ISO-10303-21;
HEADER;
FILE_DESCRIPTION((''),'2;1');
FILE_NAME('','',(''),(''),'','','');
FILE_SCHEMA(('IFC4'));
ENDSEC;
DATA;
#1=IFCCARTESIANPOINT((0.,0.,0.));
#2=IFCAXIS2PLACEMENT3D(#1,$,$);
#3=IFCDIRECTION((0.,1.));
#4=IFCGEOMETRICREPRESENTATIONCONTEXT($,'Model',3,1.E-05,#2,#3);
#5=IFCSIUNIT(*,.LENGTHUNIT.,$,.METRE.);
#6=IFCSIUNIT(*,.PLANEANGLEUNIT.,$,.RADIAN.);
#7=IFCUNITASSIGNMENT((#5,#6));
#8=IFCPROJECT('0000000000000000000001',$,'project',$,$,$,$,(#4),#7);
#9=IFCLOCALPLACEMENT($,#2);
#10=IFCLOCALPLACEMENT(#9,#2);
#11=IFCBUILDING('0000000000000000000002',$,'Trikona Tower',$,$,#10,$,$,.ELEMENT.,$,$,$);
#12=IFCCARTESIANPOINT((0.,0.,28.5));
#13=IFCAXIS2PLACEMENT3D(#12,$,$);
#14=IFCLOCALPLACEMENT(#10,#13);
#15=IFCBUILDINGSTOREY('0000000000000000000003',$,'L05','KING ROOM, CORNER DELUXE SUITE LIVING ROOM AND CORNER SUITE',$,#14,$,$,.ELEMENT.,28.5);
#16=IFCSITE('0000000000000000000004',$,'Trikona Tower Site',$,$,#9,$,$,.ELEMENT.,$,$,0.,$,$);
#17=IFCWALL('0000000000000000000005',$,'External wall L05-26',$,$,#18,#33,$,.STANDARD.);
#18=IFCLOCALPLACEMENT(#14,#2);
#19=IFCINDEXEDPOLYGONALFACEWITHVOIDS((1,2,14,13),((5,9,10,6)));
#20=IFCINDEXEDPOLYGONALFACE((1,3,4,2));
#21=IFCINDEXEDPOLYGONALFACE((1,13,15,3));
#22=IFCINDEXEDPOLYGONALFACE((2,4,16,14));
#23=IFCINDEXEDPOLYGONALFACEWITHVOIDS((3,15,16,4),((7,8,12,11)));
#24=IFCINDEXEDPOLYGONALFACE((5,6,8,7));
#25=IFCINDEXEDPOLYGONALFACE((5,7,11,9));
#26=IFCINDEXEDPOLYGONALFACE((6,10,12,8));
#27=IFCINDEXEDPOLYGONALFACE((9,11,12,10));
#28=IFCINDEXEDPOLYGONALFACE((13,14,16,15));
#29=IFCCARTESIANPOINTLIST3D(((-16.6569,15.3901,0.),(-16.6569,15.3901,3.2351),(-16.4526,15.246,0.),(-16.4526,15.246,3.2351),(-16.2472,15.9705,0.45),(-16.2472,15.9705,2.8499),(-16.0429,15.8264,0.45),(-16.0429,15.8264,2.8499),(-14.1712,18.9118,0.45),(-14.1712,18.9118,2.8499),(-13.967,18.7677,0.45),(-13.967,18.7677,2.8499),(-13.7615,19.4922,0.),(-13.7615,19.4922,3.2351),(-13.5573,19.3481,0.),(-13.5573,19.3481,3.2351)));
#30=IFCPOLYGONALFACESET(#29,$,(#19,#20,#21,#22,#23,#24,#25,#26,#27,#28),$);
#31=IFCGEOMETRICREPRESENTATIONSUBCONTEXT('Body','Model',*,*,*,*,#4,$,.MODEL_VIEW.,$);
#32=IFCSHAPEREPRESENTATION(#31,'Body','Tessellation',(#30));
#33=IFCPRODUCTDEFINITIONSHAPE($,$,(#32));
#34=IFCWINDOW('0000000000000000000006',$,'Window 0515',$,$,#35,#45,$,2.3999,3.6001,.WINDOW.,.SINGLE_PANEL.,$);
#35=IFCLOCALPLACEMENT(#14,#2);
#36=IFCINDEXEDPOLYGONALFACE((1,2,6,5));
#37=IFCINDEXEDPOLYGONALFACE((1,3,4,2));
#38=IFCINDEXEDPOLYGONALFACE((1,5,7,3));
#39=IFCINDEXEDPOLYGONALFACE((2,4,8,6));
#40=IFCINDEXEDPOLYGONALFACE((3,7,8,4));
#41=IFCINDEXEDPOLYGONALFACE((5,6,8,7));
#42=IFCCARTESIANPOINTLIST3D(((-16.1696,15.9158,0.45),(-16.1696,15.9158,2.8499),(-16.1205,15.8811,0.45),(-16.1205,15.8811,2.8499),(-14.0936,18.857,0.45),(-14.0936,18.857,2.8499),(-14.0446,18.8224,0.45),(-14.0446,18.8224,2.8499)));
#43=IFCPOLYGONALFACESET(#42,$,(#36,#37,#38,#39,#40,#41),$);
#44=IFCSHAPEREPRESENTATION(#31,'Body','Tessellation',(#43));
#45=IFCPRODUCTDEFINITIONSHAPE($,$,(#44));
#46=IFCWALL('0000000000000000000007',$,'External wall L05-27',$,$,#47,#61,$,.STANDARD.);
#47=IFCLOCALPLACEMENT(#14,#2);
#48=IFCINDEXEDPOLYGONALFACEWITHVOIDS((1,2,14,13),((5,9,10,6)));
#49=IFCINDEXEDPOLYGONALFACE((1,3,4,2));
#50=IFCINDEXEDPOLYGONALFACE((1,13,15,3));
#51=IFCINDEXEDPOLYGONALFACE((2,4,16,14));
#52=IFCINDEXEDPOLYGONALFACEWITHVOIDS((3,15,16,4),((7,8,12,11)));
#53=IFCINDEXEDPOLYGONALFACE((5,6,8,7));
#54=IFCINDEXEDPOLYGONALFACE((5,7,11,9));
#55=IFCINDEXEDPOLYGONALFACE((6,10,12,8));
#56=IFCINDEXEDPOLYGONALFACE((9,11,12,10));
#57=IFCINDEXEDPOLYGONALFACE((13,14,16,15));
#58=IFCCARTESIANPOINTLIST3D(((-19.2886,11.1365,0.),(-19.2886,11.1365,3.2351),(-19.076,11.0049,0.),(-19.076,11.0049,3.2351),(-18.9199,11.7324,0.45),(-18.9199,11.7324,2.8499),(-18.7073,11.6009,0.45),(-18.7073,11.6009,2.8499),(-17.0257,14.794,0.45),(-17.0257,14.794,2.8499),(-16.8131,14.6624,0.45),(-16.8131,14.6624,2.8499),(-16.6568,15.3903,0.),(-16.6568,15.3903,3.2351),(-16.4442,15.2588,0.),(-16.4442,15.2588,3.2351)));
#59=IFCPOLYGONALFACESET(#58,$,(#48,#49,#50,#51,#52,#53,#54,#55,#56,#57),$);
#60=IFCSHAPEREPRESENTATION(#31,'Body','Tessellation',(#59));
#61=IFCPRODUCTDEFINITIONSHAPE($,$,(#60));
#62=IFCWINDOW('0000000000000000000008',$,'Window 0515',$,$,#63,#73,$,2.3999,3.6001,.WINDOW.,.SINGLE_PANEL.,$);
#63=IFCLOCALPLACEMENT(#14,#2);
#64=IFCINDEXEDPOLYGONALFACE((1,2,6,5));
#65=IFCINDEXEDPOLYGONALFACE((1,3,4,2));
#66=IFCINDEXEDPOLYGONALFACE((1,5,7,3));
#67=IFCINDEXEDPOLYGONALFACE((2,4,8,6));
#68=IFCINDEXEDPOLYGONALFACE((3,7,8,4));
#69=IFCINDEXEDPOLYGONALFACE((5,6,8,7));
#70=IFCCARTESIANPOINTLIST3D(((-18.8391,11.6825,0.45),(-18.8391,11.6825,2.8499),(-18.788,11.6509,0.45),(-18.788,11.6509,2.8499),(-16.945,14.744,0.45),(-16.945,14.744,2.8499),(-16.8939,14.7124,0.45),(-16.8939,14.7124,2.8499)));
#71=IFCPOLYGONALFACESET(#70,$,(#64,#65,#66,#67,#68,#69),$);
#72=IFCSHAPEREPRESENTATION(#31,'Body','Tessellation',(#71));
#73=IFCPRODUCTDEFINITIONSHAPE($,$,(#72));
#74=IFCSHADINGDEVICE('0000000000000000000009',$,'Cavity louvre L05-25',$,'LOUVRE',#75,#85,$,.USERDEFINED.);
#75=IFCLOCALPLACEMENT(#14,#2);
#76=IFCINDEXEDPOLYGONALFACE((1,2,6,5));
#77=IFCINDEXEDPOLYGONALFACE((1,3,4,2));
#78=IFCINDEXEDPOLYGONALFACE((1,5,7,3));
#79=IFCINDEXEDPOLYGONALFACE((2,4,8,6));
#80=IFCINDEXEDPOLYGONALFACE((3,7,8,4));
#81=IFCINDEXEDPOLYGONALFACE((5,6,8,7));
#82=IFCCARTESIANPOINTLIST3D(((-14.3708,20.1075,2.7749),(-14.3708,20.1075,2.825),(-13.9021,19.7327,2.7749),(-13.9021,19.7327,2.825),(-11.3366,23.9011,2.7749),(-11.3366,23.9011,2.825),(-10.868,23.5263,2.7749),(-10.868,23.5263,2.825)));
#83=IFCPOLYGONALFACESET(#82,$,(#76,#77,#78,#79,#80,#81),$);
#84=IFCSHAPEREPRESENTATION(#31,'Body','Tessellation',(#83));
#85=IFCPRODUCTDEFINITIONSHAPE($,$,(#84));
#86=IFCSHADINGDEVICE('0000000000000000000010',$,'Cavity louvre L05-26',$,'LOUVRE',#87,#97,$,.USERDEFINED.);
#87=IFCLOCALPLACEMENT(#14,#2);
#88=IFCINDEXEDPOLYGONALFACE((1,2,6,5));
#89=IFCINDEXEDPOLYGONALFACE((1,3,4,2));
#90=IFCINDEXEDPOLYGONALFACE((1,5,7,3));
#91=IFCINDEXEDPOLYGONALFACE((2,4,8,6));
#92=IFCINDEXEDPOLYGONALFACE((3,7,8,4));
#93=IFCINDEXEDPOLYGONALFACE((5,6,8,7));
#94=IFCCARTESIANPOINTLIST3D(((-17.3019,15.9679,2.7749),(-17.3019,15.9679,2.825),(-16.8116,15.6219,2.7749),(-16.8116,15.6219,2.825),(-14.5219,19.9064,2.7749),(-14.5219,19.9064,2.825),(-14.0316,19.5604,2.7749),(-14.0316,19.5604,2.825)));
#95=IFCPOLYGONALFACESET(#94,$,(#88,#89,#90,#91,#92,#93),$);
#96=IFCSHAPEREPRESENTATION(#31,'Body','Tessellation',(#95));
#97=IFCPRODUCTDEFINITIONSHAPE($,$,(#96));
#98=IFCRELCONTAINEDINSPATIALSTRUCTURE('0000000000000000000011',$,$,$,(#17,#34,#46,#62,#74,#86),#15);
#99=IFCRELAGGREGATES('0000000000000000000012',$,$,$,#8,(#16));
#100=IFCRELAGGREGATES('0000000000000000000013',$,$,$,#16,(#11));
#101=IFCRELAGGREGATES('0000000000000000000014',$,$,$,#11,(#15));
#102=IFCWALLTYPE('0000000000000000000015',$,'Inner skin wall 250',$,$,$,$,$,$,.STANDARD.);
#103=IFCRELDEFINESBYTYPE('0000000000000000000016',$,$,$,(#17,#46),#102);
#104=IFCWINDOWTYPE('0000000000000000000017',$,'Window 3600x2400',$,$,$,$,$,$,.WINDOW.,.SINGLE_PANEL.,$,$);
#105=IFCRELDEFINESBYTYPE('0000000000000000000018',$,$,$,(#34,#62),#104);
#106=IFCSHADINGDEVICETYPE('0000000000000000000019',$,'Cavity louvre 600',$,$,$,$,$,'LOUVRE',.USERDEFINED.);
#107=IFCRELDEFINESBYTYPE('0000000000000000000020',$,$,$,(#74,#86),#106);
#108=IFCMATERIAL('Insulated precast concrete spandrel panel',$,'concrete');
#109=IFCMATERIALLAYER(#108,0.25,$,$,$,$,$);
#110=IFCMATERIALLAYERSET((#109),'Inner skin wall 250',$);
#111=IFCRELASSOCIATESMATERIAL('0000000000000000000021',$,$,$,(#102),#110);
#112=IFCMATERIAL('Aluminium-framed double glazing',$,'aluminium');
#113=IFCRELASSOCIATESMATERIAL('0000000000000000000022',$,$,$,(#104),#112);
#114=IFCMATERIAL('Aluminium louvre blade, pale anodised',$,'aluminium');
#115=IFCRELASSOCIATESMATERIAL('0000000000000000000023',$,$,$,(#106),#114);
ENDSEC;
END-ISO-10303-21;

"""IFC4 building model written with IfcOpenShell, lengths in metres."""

from ifc_helpers import new_model, si_unit, direction, frame, frame_2d, origin, origin_2d, place, context, subcontext, project, spatial, rectangle, extrude, material, layer, layer_set, type_object, element, fill, save


model = new_model("IFC4")

# Units and contexts
model_context = context("Model", 3, precision=1e-05, world=origin(), true_north=direction((0.0, 1.0)))
body_context = subcontext(model_context, "Body", "Model", "MODEL_VIEW")
ifc_project = project(units=[si_unit("LENGTHUNIT", "METRE"), si_unit("PLANEANGLEUNIT", "RADIAN")], contexts=[model_context])

# Site, building, storey
site_placement = place(None, origin())
site = spatial("IfcSite", under=ifc_project, at=site_placement, Name="Trikona Tower Site", CompositionType="ELEMENT", RefElevation=0.0)
building_placement = place(site_placement, origin())
building = spatial("IfcBuilding", under=site, at=building_placement, Name="Trikona Tower", CompositionType="ELEMENT")
storey_placement = place(building_placement, frame((0.0, 0.0, 28.5)))
storey = spatial("IfcBuildingStorey", under=building, at=storey_placement, Name="L05", Description="KING ROOM, CORNER DELUXE SUITE LIVING ROOM AND CORNER SUITE", CompositionType="ELEMENT", Elevation=28.5)

# Walls, openings, windows
ifc_material_1 = material(Name="Insulated precast concrete spandrel panel", Category="concrete")
ifc_layer_1 = layer(ifc_material_1, 0.25)
ifc_layer_set_1 = layer_set([ifc_layer_1], Name="Inner skin wall 250")
wall_type = type_object("IfcWallType", Name="Inner skin wall 250", PredefinedType="STANDARD", material=ifc_layer_set_1)
ifc_material_2 = material(Name="Aluminium-framed double glazing", Category="aluminium")
window_type = type_object("IfcWindowType", Name="Window 3600x2400", PartitioningType="SINGLE_PANEL", PredefinedType="WINDOW", material=ifc_material_2)
wall_1_placement = place(storey_placement, frame((-13.6594, 19.4202, 0.0), z_axis=(0.0, 0.0, 1.0), x_axis=(-0.576643, -0.816996, 0.0)))
wall_1 = element("IfcWall", 1, at=wall_1_placement, inside=storey, type_object=wall_type, Name="External wall L05-26", PredefinedType="STANDARD", context=body_context, shape_type="SweptSolid", body=[
    extrude(rectangle(XDim=5.021, YDim=0.25, at=frame_2d((2.5105, 0.0))), origin(), (0.0, 0.0, 1.0), 3.2351),
])
opening_1_placement = place(wall_1_placement, frame((0.7104, 0.0, 0.45)))
opening_1 = element("IfcOpeningElement", 2, at=opening_1_placement, cuts=wall_1, PredefinedType="OPENING", context=body_context, shape_type="SweptSolid", body=[
    extrude(rectangle(XDim=3.6001, YDim=2.3999, at=frame_2d((1.8, 1.2))), frame((0.0, 0.135, 0.0), z_axis=(0.0, -1.0, 0.0), x_axis=(1.0, 0.0, 0.0)), (0.0, 0.0, 1.0), 0.27),
])
window_1_placement = place(opening_1_placement, origin())
window_1 = element("IfcWindow", 3, at=window_1_placement, inside=storey, type_object=window_type, Name="Window 0515", OverallHeight=2.3999, OverallWidth=3.6001, PartitioningType="SINGLE_PANEL", PredefinedType="WINDOW", context=body_context, shape_type="SweptSolid", body=[
    extrude(rectangle(XDim=3.6001, YDim=2.3999, at=frame_2d((1.8, 1.2))), frame((0.0, 0.03, 0.0), z_axis=(0.0, -1.0, 0.0), x_axis=(1.0, 0.0, 0.0)), (0.0, 0.0, 1.0), 0.0601),
])
fill(opening_1, window_1)
wall_2_placement = place(storey_placement, frame((-16.5505, 15.3245, 0.0), z_axis=(0.0, 0.0, 1.0), x_axis=(-0.526133, -0.850402, 0.0)))
wall_2 = element("IfcWall", 4, at=wall_2_placement, inside=storey, type_object=wall_type, Name="External wall L05-27", PredefinedType="STANDARD", context=body_context, shape_type="SweptSolid", body=[
    extrude(rectangle(XDim=5.0022, YDim=0.25, at=frame_2d((2.501, 0.0))), origin(), (0.0, 0.0, 1.0), 3.2351),
])
opening_2_placement = place(wall_2_placement, frame((0.7012, 0.0, 0.45)))
opening_2 = element("IfcOpeningElement", 5, at=opening_2_placement, cuts=wall_2, PredefinedType="OPENING", context=body_context, shape_type="SweptSolid", body=[
    extrude(rectangle(XDim=3.6001, YDim=2.3999, at=frame_2d((1.8, 1.2))), frame((0.0, 0.135, 0.0), z_axis=(0.0, -1.0, 0.0), x_axis=(1.0, 0.0, 0.0)), (0.0, 0.0, 1.0), 0.27),
])
window_2_placement = place(opening_2_placement, origin())
window_2 = element("IfcWindow", 6, at=window_2_placement, inside=storey, type_object=window_type, Name="Window 0515", OverallHeight=2.3999, OverallWidth=3.6001, PartitioningType="SINGLE_PANEL", PredefinedType="WINDOW", context=body_context, shape_type="SweptSolid", body=[
    extrude(rectangle(XDim=3.6001, YDim=2.3999, at=frame_2d((1.8, 1.2))), frame((0.0, 0.03, 0.0), z_axis=(0.0, -1.0, 0.0), x_axis=(1.0, 0.0, 0.0)), (0.0, 0.0, 1.0), 0.0601),
])
fill(opening_2, window_2)

# Shading devices
ifc_material_3 = material(Name="Aluminium louvre blade, pale anodised", Category="aluminium")
shading_device_type = type_object("IfcShadingDeviceType", Name="Cavity louvre 600", ElementType="LOUVRE", PredefinedType="USERDEFINED", material=ifc_material_3)
shading_device_1_placement = place(storey_placement, frame((-12.6194, 21.8169, 2.7749), z_axis=(0.0, 0.0, 1.0), x_axis=(-0.624604, -0.780942, 0.0)))
element("IfcShadingDevice", 7, at=shading_device_1_placement, inside=storey, type_object=shading_device_type, Name="Cavity louvre L05-25", ObjectType="LOUVRE", PredefinedType="USERDEFINED", context=body_context, shape_type="SweptSolid", body=[
    extrude(rectangle(XDim=4.8577, YDim=0.6001, at=origin_2d()), origin(), (0.0, 0.0, 1.0), 0.05),
])
shading_device_2_placement = place(storey_placement, frame((-15.6667, 17.7642, 2.7749), z_axis=(0.0, 0.0, 1.0), x_axis=(-0.576662, -0.816983, 0.0)))
element("IfcShadingDevice", 8, at=shading_device_2_placement, inside=storey, type_object=shading_device_type, Name="Cavity louvre L05-26", ObjectType="LOUVRE", PredefinedType="USERDEFINED", context=body_context, shape_type="SweptSolid", body=[
    extrude(rectangle(XDim=4.8208, YDim=0.6001, at=origin_2d()), origin(), (0.0, 0.0, 1.0), 0.05),
])

save(model, "model.ifc")
